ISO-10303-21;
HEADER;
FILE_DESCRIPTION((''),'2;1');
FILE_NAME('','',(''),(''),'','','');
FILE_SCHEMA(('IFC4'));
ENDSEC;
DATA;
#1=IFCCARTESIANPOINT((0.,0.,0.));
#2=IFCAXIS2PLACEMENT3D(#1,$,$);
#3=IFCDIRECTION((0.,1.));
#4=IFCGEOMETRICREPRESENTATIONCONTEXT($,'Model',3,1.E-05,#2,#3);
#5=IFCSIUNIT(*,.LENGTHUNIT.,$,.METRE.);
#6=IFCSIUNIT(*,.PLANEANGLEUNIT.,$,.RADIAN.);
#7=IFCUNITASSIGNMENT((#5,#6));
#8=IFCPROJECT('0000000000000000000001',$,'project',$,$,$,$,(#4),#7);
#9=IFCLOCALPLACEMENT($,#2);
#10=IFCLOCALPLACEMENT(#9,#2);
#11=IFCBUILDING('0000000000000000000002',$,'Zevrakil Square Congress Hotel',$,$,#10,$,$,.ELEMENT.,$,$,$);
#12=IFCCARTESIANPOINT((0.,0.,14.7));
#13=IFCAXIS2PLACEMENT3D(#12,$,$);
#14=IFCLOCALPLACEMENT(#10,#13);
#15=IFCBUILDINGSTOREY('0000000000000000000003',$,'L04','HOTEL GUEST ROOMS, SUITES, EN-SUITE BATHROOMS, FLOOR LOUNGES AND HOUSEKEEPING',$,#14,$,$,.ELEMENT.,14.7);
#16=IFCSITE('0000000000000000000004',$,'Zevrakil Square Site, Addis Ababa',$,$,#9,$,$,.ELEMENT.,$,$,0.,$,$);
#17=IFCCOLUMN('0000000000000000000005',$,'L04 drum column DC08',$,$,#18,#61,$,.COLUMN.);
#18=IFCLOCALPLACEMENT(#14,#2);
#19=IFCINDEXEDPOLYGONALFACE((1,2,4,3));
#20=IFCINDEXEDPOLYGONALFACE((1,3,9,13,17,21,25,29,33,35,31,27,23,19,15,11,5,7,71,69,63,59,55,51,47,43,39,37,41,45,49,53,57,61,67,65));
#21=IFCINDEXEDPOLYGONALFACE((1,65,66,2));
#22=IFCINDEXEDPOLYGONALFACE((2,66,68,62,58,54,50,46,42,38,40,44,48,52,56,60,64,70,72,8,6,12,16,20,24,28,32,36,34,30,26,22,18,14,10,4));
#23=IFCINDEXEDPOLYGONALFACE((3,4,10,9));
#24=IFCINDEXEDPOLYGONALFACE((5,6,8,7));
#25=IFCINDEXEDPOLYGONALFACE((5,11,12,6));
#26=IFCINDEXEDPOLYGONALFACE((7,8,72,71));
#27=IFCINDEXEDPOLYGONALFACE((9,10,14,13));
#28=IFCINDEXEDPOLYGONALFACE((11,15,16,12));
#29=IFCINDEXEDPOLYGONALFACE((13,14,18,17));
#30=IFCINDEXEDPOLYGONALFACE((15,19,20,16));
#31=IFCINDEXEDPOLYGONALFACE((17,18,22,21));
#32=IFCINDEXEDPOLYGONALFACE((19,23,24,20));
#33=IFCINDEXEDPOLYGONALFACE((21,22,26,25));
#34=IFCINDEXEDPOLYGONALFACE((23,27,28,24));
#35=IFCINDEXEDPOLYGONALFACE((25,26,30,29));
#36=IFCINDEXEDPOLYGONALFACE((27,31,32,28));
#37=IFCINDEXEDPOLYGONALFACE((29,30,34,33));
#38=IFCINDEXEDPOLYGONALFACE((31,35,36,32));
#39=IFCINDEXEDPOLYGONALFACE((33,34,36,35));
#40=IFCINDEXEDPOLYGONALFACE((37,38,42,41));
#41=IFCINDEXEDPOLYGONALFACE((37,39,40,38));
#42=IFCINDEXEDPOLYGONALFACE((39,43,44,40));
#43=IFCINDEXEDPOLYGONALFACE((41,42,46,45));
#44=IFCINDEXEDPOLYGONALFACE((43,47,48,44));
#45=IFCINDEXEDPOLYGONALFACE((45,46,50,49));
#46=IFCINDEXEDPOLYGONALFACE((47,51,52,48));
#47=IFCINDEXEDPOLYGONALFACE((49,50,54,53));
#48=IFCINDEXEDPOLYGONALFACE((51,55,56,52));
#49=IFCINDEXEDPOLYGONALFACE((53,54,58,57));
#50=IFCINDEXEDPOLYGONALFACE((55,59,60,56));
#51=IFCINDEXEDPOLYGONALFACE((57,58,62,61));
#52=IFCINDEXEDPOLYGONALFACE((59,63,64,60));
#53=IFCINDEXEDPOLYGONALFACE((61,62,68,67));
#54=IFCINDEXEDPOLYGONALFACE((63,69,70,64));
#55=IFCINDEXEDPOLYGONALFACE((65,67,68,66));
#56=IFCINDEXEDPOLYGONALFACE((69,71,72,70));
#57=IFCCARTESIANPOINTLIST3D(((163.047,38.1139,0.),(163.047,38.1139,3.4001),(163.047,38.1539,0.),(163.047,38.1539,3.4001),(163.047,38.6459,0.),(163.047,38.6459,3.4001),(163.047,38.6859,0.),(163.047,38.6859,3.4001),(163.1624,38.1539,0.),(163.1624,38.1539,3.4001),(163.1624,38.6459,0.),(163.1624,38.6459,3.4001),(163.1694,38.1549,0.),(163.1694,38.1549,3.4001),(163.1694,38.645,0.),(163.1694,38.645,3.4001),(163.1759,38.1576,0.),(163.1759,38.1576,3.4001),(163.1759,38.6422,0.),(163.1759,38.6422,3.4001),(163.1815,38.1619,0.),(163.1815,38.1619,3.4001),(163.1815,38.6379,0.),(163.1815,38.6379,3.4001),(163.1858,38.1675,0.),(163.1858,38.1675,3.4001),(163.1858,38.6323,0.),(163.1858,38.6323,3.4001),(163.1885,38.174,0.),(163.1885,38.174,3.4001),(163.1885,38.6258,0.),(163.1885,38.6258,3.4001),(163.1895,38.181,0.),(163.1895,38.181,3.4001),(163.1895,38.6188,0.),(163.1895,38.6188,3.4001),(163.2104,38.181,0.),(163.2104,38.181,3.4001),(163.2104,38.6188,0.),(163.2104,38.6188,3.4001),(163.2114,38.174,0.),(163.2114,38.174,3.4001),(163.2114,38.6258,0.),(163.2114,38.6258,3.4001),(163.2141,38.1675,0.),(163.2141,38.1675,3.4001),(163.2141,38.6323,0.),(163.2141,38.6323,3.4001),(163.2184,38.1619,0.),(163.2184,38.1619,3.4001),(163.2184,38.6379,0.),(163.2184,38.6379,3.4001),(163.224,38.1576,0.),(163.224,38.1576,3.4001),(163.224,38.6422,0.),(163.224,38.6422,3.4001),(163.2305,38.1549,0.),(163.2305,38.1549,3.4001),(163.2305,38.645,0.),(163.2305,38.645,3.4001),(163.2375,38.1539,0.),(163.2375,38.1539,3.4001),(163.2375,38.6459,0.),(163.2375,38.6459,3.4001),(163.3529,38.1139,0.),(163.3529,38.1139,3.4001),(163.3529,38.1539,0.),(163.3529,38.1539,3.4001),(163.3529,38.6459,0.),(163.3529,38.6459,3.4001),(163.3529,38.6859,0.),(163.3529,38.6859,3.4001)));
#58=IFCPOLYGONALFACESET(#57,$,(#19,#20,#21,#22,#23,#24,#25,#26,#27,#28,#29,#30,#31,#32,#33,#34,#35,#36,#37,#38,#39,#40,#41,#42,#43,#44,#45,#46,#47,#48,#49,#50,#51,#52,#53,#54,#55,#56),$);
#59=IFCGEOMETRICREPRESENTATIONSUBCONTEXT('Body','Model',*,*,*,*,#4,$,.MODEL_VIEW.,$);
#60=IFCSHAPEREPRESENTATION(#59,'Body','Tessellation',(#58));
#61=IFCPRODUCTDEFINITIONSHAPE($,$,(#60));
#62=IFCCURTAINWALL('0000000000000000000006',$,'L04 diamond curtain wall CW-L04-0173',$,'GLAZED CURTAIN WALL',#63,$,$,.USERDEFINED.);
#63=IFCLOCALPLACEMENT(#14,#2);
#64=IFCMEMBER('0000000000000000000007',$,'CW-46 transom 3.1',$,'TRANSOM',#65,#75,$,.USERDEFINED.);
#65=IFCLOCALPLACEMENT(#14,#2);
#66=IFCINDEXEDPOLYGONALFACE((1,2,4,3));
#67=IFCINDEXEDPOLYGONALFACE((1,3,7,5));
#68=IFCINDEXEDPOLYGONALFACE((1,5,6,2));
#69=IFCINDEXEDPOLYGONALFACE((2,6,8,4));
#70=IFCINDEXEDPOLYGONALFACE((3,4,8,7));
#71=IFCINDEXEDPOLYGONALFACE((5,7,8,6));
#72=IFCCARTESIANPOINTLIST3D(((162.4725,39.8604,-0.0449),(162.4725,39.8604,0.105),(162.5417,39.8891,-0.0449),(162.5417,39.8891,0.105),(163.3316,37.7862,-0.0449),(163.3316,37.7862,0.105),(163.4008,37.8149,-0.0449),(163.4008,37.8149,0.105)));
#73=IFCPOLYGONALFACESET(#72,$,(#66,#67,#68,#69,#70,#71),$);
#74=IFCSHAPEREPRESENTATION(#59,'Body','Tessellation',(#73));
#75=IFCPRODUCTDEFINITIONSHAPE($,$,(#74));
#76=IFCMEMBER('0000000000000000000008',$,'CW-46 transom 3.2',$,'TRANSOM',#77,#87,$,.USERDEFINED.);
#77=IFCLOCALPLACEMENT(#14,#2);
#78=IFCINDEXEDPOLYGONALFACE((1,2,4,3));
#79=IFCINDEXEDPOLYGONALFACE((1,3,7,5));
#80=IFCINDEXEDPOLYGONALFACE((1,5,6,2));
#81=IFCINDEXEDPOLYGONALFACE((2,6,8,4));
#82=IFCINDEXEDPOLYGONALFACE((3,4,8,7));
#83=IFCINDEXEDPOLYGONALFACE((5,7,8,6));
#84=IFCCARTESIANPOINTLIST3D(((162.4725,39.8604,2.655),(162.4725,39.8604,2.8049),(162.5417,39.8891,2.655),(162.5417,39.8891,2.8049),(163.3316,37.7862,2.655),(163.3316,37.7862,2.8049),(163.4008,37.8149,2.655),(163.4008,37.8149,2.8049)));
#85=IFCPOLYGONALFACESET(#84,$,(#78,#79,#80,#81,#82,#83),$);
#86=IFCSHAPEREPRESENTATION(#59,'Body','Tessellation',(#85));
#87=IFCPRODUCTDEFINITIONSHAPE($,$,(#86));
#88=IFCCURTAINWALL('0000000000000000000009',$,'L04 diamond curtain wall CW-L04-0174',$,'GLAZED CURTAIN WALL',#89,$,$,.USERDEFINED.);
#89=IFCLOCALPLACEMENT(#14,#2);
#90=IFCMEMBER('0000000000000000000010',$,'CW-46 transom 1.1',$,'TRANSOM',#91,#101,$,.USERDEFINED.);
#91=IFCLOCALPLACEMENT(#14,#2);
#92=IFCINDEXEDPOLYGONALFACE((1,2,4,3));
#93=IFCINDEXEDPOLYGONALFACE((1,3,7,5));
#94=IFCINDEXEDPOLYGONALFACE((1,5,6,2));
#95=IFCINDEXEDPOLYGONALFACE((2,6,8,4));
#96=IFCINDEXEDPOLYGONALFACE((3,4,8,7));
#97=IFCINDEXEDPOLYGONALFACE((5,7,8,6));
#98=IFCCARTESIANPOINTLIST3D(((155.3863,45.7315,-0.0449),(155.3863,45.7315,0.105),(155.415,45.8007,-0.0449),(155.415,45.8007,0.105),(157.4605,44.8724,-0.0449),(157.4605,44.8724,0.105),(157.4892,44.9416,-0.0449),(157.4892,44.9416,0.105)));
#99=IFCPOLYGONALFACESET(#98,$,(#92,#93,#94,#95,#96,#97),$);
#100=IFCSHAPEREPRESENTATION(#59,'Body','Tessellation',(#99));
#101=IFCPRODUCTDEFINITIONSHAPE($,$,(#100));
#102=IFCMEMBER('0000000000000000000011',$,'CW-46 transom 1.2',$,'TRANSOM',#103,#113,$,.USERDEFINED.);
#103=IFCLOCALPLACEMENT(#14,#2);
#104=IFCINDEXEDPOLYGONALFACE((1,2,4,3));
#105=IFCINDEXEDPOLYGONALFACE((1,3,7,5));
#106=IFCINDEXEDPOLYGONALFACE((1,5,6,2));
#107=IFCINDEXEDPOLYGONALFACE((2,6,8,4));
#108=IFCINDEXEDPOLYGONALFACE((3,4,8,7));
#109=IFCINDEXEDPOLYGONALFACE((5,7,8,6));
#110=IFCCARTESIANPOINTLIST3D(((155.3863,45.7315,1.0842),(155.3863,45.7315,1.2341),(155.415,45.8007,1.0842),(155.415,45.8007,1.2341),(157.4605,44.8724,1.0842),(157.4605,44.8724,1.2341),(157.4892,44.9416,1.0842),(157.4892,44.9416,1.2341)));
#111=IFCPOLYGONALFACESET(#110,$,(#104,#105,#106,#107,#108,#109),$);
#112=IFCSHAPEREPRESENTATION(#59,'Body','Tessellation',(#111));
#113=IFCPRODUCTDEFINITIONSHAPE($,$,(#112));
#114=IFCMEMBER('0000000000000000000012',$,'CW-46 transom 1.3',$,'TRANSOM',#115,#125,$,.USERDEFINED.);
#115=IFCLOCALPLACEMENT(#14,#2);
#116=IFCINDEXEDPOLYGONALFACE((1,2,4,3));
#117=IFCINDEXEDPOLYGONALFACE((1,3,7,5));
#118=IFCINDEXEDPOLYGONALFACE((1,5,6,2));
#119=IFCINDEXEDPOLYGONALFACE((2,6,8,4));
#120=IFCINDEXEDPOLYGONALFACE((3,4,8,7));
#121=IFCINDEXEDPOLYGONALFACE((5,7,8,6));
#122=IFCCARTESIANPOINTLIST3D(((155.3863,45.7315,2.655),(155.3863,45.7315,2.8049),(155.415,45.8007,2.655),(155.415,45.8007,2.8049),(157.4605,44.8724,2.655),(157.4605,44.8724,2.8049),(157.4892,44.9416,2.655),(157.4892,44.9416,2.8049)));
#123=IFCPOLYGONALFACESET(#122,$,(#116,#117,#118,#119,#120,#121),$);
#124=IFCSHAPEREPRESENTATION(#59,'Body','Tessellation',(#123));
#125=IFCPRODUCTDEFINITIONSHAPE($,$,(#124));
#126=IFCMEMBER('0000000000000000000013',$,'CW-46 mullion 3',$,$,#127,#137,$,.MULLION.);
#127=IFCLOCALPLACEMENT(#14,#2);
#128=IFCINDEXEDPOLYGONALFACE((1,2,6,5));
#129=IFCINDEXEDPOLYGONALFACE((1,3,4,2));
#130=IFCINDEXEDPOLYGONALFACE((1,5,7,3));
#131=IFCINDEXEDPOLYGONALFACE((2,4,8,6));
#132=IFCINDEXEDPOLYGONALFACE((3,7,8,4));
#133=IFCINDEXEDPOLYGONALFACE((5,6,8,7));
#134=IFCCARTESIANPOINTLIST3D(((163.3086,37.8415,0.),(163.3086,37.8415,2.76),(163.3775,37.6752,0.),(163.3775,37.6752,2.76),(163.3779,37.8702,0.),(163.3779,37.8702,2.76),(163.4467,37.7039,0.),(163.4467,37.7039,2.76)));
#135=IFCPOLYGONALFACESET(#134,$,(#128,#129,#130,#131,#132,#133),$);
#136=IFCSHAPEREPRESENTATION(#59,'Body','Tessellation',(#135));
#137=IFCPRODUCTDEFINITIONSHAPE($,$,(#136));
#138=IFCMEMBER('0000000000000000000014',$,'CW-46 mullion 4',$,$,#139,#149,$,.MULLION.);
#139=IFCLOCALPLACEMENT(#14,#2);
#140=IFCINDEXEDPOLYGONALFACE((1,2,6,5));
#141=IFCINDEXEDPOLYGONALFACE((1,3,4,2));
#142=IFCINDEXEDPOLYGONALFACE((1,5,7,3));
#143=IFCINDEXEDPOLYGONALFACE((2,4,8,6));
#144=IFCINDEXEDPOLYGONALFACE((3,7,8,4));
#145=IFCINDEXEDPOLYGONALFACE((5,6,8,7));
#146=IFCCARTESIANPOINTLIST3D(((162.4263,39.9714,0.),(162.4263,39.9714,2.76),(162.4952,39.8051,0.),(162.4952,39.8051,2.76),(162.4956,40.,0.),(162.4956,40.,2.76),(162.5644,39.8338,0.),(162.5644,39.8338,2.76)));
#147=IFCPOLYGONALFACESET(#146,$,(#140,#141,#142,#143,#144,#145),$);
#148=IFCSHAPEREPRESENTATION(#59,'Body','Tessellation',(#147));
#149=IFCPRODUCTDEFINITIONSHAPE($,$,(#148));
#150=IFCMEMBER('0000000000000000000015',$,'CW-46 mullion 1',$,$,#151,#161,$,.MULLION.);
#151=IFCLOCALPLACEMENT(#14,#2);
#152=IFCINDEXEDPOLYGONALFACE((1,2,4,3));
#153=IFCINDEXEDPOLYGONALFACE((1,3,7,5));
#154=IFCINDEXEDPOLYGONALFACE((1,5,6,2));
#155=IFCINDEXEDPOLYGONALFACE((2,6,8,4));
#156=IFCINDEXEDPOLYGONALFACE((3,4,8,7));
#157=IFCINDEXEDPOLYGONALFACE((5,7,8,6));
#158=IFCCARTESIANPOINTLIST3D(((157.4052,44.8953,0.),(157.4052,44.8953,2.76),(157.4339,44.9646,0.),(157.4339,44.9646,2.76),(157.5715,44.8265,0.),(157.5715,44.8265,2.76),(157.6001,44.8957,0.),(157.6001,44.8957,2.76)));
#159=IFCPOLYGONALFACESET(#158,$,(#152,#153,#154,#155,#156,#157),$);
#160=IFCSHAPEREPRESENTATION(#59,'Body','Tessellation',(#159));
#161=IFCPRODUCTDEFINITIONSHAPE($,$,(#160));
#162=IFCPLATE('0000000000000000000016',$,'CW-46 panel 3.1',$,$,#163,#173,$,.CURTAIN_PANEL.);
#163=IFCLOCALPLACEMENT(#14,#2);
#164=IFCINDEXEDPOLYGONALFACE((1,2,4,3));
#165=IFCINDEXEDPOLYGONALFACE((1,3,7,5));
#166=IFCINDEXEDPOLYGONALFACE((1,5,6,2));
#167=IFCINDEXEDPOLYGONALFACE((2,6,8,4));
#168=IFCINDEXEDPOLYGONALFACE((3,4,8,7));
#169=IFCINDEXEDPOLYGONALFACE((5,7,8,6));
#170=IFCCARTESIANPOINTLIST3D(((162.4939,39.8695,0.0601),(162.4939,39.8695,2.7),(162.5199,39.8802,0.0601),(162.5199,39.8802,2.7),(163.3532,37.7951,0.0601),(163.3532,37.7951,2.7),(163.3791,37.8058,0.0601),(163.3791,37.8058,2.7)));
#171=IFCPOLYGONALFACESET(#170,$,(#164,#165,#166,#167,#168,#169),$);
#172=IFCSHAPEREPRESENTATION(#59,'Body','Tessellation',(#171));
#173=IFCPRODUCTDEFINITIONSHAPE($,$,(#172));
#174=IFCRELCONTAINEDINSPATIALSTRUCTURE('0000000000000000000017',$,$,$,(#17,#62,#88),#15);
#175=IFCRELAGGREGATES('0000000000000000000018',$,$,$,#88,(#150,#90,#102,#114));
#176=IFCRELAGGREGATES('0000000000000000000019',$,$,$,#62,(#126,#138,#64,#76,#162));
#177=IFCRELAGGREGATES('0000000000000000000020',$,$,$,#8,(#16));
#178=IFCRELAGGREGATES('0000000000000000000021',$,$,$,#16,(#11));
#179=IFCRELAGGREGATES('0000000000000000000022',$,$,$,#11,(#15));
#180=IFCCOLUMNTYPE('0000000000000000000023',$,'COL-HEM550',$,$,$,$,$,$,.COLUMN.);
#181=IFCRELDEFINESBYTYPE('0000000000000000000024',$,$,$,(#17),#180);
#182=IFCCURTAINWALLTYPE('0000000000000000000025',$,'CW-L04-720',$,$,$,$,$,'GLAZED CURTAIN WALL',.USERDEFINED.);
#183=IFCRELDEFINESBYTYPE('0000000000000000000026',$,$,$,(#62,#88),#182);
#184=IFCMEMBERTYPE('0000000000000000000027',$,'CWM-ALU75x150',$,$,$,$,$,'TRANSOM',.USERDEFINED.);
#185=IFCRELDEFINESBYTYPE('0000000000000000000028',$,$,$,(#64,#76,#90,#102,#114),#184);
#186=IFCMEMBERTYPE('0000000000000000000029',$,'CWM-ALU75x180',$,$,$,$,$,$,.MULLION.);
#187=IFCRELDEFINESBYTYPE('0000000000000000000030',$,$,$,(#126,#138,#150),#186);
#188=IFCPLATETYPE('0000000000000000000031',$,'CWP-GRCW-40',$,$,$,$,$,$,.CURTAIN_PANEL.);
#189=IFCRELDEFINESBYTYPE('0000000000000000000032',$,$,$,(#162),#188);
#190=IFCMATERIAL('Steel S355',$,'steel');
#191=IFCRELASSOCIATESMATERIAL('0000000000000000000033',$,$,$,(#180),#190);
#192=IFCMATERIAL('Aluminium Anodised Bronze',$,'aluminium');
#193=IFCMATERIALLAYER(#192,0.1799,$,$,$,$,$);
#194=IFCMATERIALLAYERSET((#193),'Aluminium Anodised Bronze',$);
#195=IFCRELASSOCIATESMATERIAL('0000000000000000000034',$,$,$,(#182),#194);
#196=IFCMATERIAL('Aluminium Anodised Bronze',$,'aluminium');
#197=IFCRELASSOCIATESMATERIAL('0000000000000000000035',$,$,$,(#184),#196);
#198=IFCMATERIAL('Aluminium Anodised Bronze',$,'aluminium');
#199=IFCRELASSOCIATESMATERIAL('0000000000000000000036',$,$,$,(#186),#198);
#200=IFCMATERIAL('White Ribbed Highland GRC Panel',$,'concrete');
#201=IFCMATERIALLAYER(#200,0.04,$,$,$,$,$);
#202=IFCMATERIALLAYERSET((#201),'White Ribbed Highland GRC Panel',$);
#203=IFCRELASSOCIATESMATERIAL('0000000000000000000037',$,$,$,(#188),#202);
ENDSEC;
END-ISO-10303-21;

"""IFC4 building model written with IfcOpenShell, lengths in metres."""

from ifc_helpers import new_model, si_unit, direction, frame, origin, origin_2d, place, context, subcontext, project, spatial, rectangle, i_section, extrude, material, layer, layer_set, material_profile, profile_set, type_object, element, aggregate, save


model = new_model("IFC4")

# Units and contexts
model_context = context("Model", 3, precision=1e-05, world=origin(), true_north=direction((0.0, 1.0)))
body_context = subcontext(model_context, "Body", "Model", "MODEL_VIEW")
ifc_project = project(units=[si_unit("LENGTHUNIT", "METRE"), si_unit("PLANEANGLEUNIT", "RADIAN")], contexts=[model_context])

# Site, building, storey
site_placement = place(None, origin())
site = spatial("IfcSite", under=ifc_project, at=site_placement, Name="Zevrakil Square Site, Addis Ababa", CompositionType="ELEMENT", RefElevation=0.0)
building_placement = place(site_placement, origin())
building = spatial("IfcBuilding", under=site, at=building_placement, Name="Zevrakil Square Congress Hotel", CompositionType="ELEMENT")
storey_placement = place(building_placement, frame((0.0, 0.0, 14.7)))
storey = spatial("IfcBuildingStorey", under=building, at=storey_placement, Name="L04", Description="HOTEL GUEST ROOMS, SUITES, EN-SUITE BATHROOMS, FLOOR LOUNGES AND HOUSEKEEPING", CompositionType="ELEMENT", Elevation=14.7)

# Column
ifc_material_1 = material(Name="Steel S355", Category="steel")
ifc_material_profile_1 = material_profile(ifc_material_1, i_section(OverallWidth=0.3059, OverallDepth=0.572, WebThickness=0.021, FlangeThickness=0.04, FilletRadius=0.0271, at=origin_2d()), Name="HEM 550")
ifc_profile_set_1 = profile_set([ifc_material_profile_1], Name="Steel S355")
column_type = type_object("IfcColumnType", Name="COL-HEM550", PredefinedType="COLUMN", material=ifc_profile_set_1)
column_placement = place(storey_placement, frame((163.2, 38.3999, 0.0), z_axis=(0.0, 0.0, 1.0), x_axis=(1.0, 0.0, 0.0)))
element("IfcColumn", 1, at=column_placement, inside=storey, type_object=column_type, Name="L04 drum column DC08", PredefinedType="COLUMN", context=body_context, shape_type="SweptSolid", body=[
    extrude(i_section(OverallWidth=0.3059, OverallDepth=0.572, WebThickness=0.021, FlangeThickness=0.04, FilletRadius=0.0271, at=origin_2d()), origin(), (0.0, 0.0, 1.0), 3.4001),
])

# Curtain walls, members
ifc_material_2 = material(Name="Aluminium Anodised Bronze", Category="aluminium")
ifc_layer_1 = layer(ifc_material_2, 0.1799)
ifc_layer_set_1 = layer_set([ifc_layer_1], Name="Aluminium Anodised Bronze")
curtain_wall_type = type_object("IfcCurtainWallType", Name="CW-L04-720", ElementType="GLAZED CURTAIN WALL", PredefinedType="USERDEFINED", material=ifc_layer_set_1)
curtain_wall_1_placement = place(storey_placement, origin())
curtain_wall_1 = element("IfcCurtainWall", 2, at=curtain_wall_1_placement, inside=storey, type_object=curtain_wall_type, Name="L04 diamond curtain wall CW-L04-0173", ObjectType="GLAZED CURTAIN WALL", PredefinedType="USERDEFINED")
ifc_material_3 = material(Name="Aluminium Anodised Bronze", Category="aluminium")
ifc_material_profile_2 = material_profile(ifc_material_3, rectangle(XDim=0.075, YDim=0.1499, at=origin_2d()), Name="ALU 75x150")
ifc_profile_set_2 = profile_set([ifc_material_profile_2], Name="Aluminium Anodised Bronze")
member_type_1 = type_object("IfcMemberType", Name="CWM-ALU75x150", ElementType="TRANSOM", PredefinedType="USERDEFINED", material=ifc_profile_set_2)
member_1_placement = place(storey_placement, frame((163.3662, 37.8005, 0.03), z_axis=(-0.382669, 0.923886, 0.0), x_axis=(-0.923886, -0.382669, 0.0)))
member_1 = element("IfcMember", 3, at=member_1_placement, type_object=member_type_1, Name="CW-46 transom 3.1", ObjectType="TRANSOM", PredefinedType="USERDEFINED", context=body_context, shape_type="SweptSolid", body=[
    extrude(rectangle(XDim=0.075, YDim=0.1499, at=origin_2d()), origin(), (0.0, 0.0, 1.0), 2.2451),
])
member_2_placement = place(storey_placement, frame((163.3662, 37.8005, 2.73), z_axis=(-0.382669, 0.923886, 0.0), x_axis=(-0.923886, -0.382669, 0.0)))
member_2 = element("IfcMember", 4, at=member_2_placement, type_object=member_type_1, Name="CW-46 transom 3.2", ObjectType="TRANSOM", PredefinedType="USERDEFINED", context=body_context, shape_type="SweptSolid", body=[
    extrude(rectangle(XDim=0.075, YDim=0.1499, at=origin_2d()), origin(), (0.0, 0.0, 1.0), 2.2451),
])
curtain_wall_2_placement = place(storey_placement, origin())
curtain_wall_2 = element("IfcCurtainWall", 5, at=curtain_wall_2_placement, inside=storey, type_object=curtain_wall_type, Name="L04 diamond curtain wall CW-L04-0174", ObjectType="GLAZED CURTAIN WALL", PredefinedType="USERDEFINED")
member_3_placement = place(storey_placement, frame((157.4749, 44.907, 0.03), z_axis=(-0.923886, 0.382669, 0.0), x_axis=(-0.382669, -0.923886, 0.0)))
member_3 = element("IfcMember", 6, at=member_3_placement, type_object=member_type_1, Name="CW-46 transom 1.1", ObjectType="TRANSOM", PredefinedType="USERDEFINED", context=body_context, shape_type="SweptSolid", body=[
    extrude(rectangle(XDim=0.075, YDim=0.1499, at=origin_2d()), origin(), (0.0, 0.0, 1.0), 2.2451),
])
member_4_placement = place(storey_placement, frame((157.4749, 44.907, 1.1592), z_axis=(-0.923886, 0.382669, 0.0), x_axis=(-0.382669, -0.923886, 0.0)))
member_4 = element("IfcMember", 7, at=member_4_placement, type_object=member_type_1, Name="CW-46 transom 1.2", ObjectType="TRANSOM", PredefinedType="USERDEFINED", context=body_context, shape_type="SweptSolid", body=[
    extrude(rectangle(XDim=0.075, YDim=0.1499, at=origin_2d()), origin(), (0.0, 0.0, 1.0), 2.2451),
])
member_5_placement = place(storey_placement, frame((157.4749, 44.907, 2.73), z_axis=(-0.923886, 0.382669, 0.0), x_axis=(-0.382669, -0.923886, 0.0)))
member_5 = element("IfcMember", 8, at=member_5_placement, type_object=member_type_1, Name="CW-46 transom 1.3", ObjectType="TRANSOM", PredefinedType="USERDEFINED", context=body_context, shape_type="SweptSolid", body=[
    extrude(rectangle(XDim=0.075, YDim=0.1499, at=origin_2d()), origin(), (0.0, 0.0, 1.0), 2.2451),
])

# Members
ifc_material_4 = material(Name="Aluminium Anodised Bronze", Category="aluminium")
ifc_material_profile_3 = material_profile(ifc_material_4, rectangle(XDim=0.075, YDim=0.1799, at=origin_2d()), Name="ALU 75x180")
ifc_profile_set_3 = profile_set([ifc_material_profile_3], Name="Aluminium Anodised Bronze")
member_type_2 = type_object("IfcMemberType", Name="CWM-ALU75x180", PredefinedType="MULLION", material=ifc_profile_set_3)
member_6_placement = place(storey_placement, frame((163.3777, 37.7727, 0.0), z_axis=(0.0, 0.0, 1.0), x_axis=(-0.923879, -0.382684, 0.0)))
member_6 = element("IfcMember", 9, at=member_6_placement, type_object=member_type_2, Name="CW-46 mullion 3", PredefinedType="MULLION", context=body_context, shape_type="SweptSolid", body=[
    extrude(rectangle(XDim=0.075, YDim=0.1799, at=origin_2d()), origin(), (0.0, 0.0, 1.0), 2.76),
])
member_7_placement = place(storey_placement, frame((162.4954, 39.9026, 0.0), z_axis=(0.0, 0.0, 1.0), x_axis=(-0.923879, -0.382684, 0.0)))
member_7 = element("IfcMember", 10, at=member_7_placement, type_object=member_type_2, Name="CW-46 mullion 4", PredefinedType="MULLION", context=body_context, shape_type="SweptSolid", body=[
    extrude(rectangle(XDim=0.075, YDim=0.1799, at=origin_2d()), origin(), (0.0, 0.0, 1.0), 2.76),
])
member_8_placement = place(storey_placement, frame((157.5027, 44.8955, 0.0), z_axis=(0.0, 0.0, 1.0), x_axis=(-0.382684, -0.923879, 0.0)))
member_8 = element("IfcMember", 11, at=member_8_placement, type_object=member_type_2, Name="CW-46 mullion 1", PredefinedType="MULLION", context=body_context, shape_type="SweptSolid", body=[
    extrude(rectangle(XDim=0.075, YDim=0.1799, at=origin_2d()), origin(), (0.0, 0.0, 1.0), 2.76),
])
aggregate(curtain_wall_2, [member_8, member_3, member_4, member_5])

# Plate
ifc_material_5 = material(Name="White Ribbed Highland GRC Panel", Category="concrete")
ifc_layer_2 = layer(ifc_material_5, 0.04)
ifc_layer_set_2 = layer_set([ifc_layer_2], Name="White Ribbed Highland GRC Panel")
plate_type = type_object("IfcPlateType", Name="CWP-GRCW-40", PredefinedType="CURTAIN_PANEL", material=ifc_layer_set_2)
plate_placement = place(storey_placement, frame((162.9365, 38.8376, 0.0601), z_axis=(0.0, 0.0, 1.0), x_axis=(-0.382684, 0.923879, 0.0)))
plate = element("IfcPlate", 12, at=plate_placement, type_object=plate_type, Name="CW-46 panel 3.1", PredefinedType="CURTAIN_PANEL", context=body_context, shape_type="SweptSolid", body=[
    extrude(rectangle(XDim=2.2454, YDim=0.0281, at=origin_2d()), origin(), (0.0, 0.0, 1.0), 2.6399),
])
aggregate(curtain_wall_1, [member_6, member_7, member_1, member_2, plate])

save(model, "model.ifc")
